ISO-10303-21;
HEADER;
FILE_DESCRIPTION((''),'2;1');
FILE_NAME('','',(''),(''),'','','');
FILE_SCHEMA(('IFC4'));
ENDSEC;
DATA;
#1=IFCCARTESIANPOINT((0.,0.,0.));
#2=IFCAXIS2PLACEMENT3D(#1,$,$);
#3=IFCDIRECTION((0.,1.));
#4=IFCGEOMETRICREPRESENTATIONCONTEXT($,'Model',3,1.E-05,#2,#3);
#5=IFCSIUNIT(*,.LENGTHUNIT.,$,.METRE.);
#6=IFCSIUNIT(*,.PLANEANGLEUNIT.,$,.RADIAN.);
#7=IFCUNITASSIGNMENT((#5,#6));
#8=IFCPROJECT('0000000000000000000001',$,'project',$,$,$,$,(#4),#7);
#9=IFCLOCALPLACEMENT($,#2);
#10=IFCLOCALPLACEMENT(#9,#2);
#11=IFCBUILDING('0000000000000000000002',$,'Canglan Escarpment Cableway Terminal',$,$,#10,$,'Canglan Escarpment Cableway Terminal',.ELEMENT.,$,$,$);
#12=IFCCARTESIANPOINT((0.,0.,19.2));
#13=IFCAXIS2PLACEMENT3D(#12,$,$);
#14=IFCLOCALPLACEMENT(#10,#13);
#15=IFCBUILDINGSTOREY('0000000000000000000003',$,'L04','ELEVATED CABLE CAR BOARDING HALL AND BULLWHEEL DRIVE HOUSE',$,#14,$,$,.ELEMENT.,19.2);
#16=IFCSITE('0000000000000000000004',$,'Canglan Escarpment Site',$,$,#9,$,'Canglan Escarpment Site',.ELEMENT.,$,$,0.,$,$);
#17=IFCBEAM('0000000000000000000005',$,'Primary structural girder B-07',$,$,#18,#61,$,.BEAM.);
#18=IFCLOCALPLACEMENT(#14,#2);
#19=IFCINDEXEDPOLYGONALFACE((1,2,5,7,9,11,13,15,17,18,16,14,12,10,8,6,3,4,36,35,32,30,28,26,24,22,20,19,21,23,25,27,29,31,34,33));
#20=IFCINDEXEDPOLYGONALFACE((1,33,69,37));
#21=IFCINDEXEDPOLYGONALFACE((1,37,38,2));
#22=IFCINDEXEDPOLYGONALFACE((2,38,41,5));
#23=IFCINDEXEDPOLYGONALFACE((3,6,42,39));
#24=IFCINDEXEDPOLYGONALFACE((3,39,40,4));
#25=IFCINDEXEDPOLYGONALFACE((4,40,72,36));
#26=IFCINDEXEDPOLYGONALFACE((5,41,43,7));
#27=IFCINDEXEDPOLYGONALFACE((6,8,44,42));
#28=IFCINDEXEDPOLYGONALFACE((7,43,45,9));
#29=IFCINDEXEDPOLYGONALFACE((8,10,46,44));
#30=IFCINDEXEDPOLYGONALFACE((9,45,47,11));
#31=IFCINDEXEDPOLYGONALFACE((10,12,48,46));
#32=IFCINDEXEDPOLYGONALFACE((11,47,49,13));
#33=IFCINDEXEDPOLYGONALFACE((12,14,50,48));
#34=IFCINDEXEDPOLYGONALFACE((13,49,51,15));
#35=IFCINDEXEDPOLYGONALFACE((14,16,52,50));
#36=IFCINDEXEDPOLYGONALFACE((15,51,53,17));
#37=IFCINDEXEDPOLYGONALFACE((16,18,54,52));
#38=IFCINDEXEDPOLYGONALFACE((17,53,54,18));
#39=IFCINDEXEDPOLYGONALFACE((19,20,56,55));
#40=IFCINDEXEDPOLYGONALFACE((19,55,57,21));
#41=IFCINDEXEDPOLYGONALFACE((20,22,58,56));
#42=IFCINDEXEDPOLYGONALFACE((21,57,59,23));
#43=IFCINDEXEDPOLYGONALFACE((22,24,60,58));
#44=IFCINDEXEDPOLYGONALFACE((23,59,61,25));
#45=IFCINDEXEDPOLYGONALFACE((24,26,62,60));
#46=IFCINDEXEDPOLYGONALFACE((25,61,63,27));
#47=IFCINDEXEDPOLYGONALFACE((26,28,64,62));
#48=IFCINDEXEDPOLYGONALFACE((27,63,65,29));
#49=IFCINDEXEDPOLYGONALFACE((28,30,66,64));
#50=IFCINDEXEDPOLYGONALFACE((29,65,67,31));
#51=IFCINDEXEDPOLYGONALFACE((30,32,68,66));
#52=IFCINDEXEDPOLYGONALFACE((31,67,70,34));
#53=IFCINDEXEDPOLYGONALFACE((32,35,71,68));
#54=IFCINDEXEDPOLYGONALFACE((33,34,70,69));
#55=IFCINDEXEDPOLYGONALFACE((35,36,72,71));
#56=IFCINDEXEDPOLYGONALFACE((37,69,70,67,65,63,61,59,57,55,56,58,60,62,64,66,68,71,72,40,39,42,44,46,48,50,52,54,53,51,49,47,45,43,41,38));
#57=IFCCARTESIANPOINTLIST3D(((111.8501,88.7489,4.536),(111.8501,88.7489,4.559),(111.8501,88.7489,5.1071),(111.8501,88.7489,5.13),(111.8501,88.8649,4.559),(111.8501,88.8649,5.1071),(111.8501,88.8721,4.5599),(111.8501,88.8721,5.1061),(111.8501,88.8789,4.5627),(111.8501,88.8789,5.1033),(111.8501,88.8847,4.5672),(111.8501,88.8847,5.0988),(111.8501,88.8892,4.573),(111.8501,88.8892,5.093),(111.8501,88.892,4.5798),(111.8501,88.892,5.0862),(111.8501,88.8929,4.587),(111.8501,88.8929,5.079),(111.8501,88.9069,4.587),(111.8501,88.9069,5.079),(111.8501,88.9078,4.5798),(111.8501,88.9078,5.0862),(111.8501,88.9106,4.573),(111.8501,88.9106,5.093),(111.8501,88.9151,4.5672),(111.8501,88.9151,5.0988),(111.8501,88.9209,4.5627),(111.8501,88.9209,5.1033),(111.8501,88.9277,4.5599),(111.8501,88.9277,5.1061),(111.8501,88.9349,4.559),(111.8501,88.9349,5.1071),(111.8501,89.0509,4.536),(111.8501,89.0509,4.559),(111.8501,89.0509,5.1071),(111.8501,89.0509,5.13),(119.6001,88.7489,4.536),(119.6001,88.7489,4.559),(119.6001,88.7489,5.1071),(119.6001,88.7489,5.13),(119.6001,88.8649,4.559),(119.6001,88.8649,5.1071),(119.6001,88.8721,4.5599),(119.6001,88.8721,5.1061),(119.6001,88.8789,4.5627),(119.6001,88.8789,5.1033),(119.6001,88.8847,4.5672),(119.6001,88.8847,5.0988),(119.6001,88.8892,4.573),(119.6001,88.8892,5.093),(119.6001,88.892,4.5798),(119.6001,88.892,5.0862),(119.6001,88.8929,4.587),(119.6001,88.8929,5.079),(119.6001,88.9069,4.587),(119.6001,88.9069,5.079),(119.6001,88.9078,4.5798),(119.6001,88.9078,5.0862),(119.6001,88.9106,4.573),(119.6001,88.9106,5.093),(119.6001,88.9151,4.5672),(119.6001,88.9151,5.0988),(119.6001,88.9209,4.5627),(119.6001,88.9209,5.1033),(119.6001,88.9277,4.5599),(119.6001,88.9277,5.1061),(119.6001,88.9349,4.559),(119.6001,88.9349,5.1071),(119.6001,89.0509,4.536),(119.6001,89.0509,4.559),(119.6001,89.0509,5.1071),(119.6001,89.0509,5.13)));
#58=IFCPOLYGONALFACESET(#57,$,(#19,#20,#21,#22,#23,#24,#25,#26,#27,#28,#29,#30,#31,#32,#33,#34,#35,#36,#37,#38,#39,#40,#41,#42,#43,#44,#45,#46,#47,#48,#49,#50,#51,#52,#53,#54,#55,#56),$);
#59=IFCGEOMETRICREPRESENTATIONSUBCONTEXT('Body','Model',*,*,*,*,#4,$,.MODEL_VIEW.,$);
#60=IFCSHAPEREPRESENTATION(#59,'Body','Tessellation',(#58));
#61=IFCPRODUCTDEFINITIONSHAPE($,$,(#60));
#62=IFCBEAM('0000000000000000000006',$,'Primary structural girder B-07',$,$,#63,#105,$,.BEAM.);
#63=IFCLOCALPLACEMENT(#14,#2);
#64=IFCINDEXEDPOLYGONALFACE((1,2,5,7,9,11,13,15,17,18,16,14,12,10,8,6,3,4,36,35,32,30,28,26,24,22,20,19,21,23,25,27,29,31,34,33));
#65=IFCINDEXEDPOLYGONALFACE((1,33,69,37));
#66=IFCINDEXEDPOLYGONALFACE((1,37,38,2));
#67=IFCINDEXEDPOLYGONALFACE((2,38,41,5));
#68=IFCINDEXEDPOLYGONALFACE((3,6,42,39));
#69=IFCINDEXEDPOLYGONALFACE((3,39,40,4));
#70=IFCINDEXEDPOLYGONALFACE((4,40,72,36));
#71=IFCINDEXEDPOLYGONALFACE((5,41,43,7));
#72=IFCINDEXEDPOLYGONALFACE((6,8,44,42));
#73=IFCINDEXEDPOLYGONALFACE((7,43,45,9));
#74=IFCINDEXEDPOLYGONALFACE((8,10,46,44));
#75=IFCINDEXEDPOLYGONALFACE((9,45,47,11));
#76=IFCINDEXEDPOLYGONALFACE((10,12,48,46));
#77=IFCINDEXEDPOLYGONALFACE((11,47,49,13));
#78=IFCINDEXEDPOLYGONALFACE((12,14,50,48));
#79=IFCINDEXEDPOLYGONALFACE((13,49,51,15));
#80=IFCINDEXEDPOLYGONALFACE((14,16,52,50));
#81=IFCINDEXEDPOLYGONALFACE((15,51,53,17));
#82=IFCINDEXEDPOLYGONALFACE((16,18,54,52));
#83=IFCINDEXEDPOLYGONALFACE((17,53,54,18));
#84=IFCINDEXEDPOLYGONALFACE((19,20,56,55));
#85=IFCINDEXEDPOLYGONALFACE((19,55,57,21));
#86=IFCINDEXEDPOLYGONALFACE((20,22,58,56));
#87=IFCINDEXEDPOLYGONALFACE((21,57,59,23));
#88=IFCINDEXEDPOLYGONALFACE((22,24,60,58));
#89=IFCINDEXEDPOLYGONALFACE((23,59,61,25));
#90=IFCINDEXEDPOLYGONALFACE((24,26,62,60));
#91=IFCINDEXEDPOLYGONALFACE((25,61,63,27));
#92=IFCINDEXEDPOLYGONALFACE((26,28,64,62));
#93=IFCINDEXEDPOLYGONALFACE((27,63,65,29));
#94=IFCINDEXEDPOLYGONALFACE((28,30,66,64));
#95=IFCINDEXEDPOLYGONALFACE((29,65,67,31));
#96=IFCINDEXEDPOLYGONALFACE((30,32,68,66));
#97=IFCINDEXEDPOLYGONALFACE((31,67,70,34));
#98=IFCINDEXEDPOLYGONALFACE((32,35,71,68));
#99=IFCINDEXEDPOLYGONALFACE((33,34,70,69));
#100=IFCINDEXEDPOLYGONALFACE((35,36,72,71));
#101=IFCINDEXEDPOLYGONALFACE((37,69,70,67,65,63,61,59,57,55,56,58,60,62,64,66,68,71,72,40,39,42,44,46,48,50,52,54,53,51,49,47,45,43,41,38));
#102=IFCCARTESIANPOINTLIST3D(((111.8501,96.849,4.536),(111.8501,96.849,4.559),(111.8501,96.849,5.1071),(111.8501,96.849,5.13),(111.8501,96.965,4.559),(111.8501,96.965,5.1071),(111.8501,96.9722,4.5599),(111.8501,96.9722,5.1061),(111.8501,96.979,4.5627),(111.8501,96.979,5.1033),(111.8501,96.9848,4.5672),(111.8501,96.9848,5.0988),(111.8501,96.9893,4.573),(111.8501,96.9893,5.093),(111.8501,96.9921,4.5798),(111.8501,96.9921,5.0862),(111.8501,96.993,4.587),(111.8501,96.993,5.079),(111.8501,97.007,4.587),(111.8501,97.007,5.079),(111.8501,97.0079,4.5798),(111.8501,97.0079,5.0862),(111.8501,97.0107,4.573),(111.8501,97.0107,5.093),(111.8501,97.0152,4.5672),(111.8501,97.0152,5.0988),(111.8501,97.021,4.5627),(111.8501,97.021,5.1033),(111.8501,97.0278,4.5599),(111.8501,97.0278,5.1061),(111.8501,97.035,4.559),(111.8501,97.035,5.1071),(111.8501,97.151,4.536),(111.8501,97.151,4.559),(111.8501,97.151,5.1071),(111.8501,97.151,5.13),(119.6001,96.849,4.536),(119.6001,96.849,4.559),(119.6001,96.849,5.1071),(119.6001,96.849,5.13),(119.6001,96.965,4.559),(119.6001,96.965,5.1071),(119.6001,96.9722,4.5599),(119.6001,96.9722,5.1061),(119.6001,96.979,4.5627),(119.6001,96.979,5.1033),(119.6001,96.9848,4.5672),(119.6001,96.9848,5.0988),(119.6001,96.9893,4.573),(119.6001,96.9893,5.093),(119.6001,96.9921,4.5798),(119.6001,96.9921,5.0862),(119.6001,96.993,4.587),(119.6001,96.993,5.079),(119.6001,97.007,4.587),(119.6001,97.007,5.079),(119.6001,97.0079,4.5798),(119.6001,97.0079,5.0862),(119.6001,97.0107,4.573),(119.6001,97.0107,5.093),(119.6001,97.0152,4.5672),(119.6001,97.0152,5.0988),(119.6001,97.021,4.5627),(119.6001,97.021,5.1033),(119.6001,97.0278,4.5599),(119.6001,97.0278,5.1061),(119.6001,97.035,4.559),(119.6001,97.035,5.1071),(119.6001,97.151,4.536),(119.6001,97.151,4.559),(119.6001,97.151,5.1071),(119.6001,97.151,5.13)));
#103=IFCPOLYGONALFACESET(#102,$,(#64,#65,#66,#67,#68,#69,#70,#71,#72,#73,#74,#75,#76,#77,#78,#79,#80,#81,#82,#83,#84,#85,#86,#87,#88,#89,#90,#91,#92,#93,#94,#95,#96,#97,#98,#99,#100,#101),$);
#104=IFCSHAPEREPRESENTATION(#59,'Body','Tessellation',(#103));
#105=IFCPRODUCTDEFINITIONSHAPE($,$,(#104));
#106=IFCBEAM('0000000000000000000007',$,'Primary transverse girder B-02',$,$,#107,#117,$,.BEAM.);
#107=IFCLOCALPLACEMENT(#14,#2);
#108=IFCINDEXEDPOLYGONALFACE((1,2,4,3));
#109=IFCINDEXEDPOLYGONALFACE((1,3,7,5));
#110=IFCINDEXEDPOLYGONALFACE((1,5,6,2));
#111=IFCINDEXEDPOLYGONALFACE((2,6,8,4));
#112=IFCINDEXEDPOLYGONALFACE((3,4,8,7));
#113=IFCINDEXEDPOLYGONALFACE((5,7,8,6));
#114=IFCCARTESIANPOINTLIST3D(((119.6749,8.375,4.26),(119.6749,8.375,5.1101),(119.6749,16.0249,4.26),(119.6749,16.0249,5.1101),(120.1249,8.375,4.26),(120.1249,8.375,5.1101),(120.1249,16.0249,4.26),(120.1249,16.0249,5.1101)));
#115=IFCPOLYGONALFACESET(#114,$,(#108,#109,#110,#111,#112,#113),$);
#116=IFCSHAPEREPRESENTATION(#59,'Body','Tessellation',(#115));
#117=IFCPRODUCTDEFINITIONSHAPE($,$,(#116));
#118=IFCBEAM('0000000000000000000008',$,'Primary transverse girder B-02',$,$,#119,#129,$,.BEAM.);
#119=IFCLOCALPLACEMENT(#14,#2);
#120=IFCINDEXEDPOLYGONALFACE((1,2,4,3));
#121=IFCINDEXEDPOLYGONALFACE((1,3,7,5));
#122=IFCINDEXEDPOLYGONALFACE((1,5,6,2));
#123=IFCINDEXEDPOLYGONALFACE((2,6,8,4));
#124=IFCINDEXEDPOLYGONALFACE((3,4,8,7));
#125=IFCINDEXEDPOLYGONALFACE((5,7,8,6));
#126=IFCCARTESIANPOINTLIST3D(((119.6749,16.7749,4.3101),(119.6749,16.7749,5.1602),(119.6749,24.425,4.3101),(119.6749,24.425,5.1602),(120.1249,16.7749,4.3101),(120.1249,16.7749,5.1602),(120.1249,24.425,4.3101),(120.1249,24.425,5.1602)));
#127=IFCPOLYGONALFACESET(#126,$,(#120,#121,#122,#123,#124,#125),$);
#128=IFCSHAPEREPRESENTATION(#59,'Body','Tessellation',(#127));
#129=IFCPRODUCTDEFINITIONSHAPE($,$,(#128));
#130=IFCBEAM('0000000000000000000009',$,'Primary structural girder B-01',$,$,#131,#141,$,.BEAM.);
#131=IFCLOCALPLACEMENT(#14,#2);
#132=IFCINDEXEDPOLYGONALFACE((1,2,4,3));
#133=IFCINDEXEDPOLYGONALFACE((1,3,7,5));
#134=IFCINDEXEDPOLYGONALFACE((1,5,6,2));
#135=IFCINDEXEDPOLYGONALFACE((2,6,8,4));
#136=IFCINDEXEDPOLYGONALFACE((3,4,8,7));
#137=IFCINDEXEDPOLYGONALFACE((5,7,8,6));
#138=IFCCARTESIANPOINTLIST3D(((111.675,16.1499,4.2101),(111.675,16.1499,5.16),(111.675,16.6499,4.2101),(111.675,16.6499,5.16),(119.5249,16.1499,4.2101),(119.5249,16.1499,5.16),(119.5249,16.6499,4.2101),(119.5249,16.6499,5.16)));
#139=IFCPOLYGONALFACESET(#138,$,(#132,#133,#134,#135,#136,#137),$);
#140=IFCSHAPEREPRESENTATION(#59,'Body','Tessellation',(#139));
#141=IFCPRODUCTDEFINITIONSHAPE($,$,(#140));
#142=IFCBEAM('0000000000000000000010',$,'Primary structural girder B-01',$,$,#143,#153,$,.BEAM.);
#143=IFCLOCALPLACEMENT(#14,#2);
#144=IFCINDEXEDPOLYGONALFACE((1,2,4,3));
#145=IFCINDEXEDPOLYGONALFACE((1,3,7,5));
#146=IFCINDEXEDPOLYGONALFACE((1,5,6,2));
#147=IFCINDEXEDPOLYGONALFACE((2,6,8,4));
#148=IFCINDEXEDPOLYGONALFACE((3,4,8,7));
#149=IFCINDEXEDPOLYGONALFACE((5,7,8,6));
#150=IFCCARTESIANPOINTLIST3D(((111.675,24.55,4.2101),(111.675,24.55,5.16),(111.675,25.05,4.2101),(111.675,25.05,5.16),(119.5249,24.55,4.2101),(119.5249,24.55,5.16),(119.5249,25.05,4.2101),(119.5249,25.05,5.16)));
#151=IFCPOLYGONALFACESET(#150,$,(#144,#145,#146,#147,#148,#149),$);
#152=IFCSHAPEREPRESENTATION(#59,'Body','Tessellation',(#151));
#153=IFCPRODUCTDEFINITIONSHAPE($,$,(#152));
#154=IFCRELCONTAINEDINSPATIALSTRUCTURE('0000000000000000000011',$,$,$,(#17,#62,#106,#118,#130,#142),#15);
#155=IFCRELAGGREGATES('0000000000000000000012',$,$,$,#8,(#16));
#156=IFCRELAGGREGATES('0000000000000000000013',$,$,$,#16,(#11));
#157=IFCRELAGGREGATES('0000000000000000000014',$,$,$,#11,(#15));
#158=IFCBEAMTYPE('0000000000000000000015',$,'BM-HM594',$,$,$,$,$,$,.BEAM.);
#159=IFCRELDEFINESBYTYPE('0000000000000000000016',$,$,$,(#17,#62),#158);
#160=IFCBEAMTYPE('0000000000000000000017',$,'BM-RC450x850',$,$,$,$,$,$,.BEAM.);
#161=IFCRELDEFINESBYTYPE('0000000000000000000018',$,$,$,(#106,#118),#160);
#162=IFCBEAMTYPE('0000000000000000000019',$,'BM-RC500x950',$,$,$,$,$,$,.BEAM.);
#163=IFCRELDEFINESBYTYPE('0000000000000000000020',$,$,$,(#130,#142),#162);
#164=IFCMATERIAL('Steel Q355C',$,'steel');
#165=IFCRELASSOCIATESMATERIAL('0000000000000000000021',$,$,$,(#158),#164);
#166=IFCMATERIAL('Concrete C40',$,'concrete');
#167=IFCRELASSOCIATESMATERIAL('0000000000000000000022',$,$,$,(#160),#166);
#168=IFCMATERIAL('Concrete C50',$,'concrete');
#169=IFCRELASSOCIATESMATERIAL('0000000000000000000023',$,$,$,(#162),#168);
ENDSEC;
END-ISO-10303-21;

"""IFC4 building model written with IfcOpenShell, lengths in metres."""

from ifc_helpers import new_model, si_unit, direction, frame, origin, origin_2d, place, context, subcontext, project, spatial, rectangle, i_section, extrude, material, material_profile, profile_set, type_object, element, save


model = new_model("IFC4")

# Units and contexts
model_context = context("Model", 3, precision=1e-05, world=origin(), true_north=direction((0.0, 1.0)))
body_context = subcontext(model_context, "Body", "Model", "MODEL_VIEW")
ifc_project = project(units=[si_unit("LENGTHUNIT", "METRE"), si_unit("PLANEANGLEUNIT", "RADIAN")], contexts=[model_context])

# Site, building, storey
site_placement = place(None, origin())
site = spatial("IfcSite", under=ifc_project, at=site_placement, Name="Canglan Escarpment Site", LongName="Canglan Escarpment Site", CompositionType="ELEMENT", RefElevation=0.0)
building_placement = place(site_placement, origin())
building = spatial("IfcBuilding", under=site, at=building_placement, Name="Canglan Escarpment Cableway Terminal", LongName="Canglan Escarpment Cableway Terminal", CompositionType="ELEMENT")
storey_placement = place(building_placement, frame((0.0, 0.0, 19.2)))
storey = spatial("IfcBuildingStorey", under=building, at=storey_placement, Name="L04", Description="ELEVATED CABLE CAR BOARDING HALL AND BULLWHEEL DRIVE HOUSE", CompositionType="ELEMENT", Elevation=19.2)

# Shared definitions
ifc_material_1 = material(Name="Concrete C40", Category="concrete")

# Beams
ifc_material_2 = material(Name="Steel Q355C", Category="steel")
ifc_material_profile_1 = material_profile(ifc_material_2, i_section(OverallWidth=0.302, OverallDepth=0.594, WebThickness=0.0139, FlangeThickness=0.0229, FilletRadius=0.0281, at=origin_2d()), Name="HM 594x302x14x23")
ifc_profile_set_1 = profile_set([ifc_material_profile_1], Name="Steel Q355C")
beam_type_1 = type_object("IfcBeamType", Name="BM-HM594", PredefinedType="BEAM", material=ifc_profile_set_1)
for number, where, z_axis, x_axis, name in (
    (1, (111.8501, 88.8999, 4.833), (1.0, 0.0, 0.0), (0.0, 1.0, 0.0), "Primary structural girder B-07"),
    (2, (111.8501, 97.0, 4.833), (1.0, 0.0, 0.0), (0.0, 1.0, 0.0), "Primary structural girder B-07"),
):
    element("IfcBeam", number, at=place(storey_placement, frame(where, z_axis=z_axis, x_axis=x_axis)), inside=storey, type_object=beam_type_1, Name=name, PredefinedType="BEAM", context=body_context, shape_type="SweptSolid", body=[
        extrude(i_section(OverallWidth=0.302, OverallDepth=0.594, WebThickness=0.0139, FlangeThickness=0.0229, FilletRadius=0.0281, at=origin_2d()), origin(), (0.0, 0.0, 1.0), 7.75),
    ])
ifc_material_profile_2 = material_profile(ifc_material_1, rectangle(XDim=0.45, YDim=0.8501, at=origin_2d()), Name="RC 450x850")
ifc_profile_set_2 = profile_set([ifc_material_profile_2], Name="Concrete C40")
beam_type_2 = type_object("IfcBeamType", Name="BM-RC450x850", PredefinedType="BEAM", material=ifc_profile_set_2)
beam_1_placement = place(storey_placement, frame((119.8999, 8.375, 4.6851), z_axis=(0.0, 1.0, 0.0), x_axis=(-1.0, 0.0, 0.0)))
element("IfcBeam", 3, at=beam_1_placement, inside=storey, type_object=beam_type_2, Name="Primary transverse girder B-02", PredefinedType="BEAM", context=body_context, shape_type="SweptSolid", body=[
    extrude(rectangle(XDim=0.45, YDim=0.8501, at=origin_2d()), origin(), (0.0, 0.0, 1.0), 7.6499),
])
beam_2_placement = place(storey_placement, frame((119.8999, 16.7749, 4.7351), z_axis=(0.0, 1.0, 0.0), x_axis=(-1.0, 0.0, 0.0)))
element("IfcBeam", 4, at=beam_2_placement, inside=storey, type_object=beam_type_2, Name="Primary transverse girder B-02", PredefinedType="BEAM", context=body_context, shape_type="SweptSolid", body=[
    extrude(rectangle(XDim=0.45, YDim=0.8501, at=origin_2d()), origin(), (0.0, 0.0, 1.0), 7.6501),
])
ifc_material_3 = material(Name="Concrete C50", Category="concrete")
ifc_material_profile_3 = material_profile(ifc_material_3, rectangle(XDim=0.5, YDim=0.95, at=origin_2d()), Name="RC 500x950")
ifc_profile_set_3 = profile_set([ifc_material_profile_3], Name="Concrete C50")
beam_type_3 = type_object("IfcBeamType", Name="BM-RC500x950", PredefinedType="BEAM", material=ifc_profile_set_3)
for number, where, z_axis, x_axis, name in (
    (5, (111.675, 16.3999, 4.6851), (1.0, 0.0, 0.0), (0.0, 1.0, 0.0), "Primary structural girder B-01"),
    (6, (111.675, 24.8, 4.6851), (1.0, 0.0, 0.0), (0.0, 1.0, 0.0), "Primary structural girder B-01"),
):
    element("IfcBeam", number, at=place(storey_placement, frame(where, z_axis=z_axis, x_axis=x_axis)), inside=storey, type_object=beam_type_3, Name=name, PredefinedType="BEAM", context=body_context, shape_type="SweptSolid", body=[
        extrude(rectangle(XDim=0.5, YDim=0.95, at=origin_2d()), origin(), (0.0, 0.0, 1.0), 7.8499),
    ])

save(model, "model.ifc")
